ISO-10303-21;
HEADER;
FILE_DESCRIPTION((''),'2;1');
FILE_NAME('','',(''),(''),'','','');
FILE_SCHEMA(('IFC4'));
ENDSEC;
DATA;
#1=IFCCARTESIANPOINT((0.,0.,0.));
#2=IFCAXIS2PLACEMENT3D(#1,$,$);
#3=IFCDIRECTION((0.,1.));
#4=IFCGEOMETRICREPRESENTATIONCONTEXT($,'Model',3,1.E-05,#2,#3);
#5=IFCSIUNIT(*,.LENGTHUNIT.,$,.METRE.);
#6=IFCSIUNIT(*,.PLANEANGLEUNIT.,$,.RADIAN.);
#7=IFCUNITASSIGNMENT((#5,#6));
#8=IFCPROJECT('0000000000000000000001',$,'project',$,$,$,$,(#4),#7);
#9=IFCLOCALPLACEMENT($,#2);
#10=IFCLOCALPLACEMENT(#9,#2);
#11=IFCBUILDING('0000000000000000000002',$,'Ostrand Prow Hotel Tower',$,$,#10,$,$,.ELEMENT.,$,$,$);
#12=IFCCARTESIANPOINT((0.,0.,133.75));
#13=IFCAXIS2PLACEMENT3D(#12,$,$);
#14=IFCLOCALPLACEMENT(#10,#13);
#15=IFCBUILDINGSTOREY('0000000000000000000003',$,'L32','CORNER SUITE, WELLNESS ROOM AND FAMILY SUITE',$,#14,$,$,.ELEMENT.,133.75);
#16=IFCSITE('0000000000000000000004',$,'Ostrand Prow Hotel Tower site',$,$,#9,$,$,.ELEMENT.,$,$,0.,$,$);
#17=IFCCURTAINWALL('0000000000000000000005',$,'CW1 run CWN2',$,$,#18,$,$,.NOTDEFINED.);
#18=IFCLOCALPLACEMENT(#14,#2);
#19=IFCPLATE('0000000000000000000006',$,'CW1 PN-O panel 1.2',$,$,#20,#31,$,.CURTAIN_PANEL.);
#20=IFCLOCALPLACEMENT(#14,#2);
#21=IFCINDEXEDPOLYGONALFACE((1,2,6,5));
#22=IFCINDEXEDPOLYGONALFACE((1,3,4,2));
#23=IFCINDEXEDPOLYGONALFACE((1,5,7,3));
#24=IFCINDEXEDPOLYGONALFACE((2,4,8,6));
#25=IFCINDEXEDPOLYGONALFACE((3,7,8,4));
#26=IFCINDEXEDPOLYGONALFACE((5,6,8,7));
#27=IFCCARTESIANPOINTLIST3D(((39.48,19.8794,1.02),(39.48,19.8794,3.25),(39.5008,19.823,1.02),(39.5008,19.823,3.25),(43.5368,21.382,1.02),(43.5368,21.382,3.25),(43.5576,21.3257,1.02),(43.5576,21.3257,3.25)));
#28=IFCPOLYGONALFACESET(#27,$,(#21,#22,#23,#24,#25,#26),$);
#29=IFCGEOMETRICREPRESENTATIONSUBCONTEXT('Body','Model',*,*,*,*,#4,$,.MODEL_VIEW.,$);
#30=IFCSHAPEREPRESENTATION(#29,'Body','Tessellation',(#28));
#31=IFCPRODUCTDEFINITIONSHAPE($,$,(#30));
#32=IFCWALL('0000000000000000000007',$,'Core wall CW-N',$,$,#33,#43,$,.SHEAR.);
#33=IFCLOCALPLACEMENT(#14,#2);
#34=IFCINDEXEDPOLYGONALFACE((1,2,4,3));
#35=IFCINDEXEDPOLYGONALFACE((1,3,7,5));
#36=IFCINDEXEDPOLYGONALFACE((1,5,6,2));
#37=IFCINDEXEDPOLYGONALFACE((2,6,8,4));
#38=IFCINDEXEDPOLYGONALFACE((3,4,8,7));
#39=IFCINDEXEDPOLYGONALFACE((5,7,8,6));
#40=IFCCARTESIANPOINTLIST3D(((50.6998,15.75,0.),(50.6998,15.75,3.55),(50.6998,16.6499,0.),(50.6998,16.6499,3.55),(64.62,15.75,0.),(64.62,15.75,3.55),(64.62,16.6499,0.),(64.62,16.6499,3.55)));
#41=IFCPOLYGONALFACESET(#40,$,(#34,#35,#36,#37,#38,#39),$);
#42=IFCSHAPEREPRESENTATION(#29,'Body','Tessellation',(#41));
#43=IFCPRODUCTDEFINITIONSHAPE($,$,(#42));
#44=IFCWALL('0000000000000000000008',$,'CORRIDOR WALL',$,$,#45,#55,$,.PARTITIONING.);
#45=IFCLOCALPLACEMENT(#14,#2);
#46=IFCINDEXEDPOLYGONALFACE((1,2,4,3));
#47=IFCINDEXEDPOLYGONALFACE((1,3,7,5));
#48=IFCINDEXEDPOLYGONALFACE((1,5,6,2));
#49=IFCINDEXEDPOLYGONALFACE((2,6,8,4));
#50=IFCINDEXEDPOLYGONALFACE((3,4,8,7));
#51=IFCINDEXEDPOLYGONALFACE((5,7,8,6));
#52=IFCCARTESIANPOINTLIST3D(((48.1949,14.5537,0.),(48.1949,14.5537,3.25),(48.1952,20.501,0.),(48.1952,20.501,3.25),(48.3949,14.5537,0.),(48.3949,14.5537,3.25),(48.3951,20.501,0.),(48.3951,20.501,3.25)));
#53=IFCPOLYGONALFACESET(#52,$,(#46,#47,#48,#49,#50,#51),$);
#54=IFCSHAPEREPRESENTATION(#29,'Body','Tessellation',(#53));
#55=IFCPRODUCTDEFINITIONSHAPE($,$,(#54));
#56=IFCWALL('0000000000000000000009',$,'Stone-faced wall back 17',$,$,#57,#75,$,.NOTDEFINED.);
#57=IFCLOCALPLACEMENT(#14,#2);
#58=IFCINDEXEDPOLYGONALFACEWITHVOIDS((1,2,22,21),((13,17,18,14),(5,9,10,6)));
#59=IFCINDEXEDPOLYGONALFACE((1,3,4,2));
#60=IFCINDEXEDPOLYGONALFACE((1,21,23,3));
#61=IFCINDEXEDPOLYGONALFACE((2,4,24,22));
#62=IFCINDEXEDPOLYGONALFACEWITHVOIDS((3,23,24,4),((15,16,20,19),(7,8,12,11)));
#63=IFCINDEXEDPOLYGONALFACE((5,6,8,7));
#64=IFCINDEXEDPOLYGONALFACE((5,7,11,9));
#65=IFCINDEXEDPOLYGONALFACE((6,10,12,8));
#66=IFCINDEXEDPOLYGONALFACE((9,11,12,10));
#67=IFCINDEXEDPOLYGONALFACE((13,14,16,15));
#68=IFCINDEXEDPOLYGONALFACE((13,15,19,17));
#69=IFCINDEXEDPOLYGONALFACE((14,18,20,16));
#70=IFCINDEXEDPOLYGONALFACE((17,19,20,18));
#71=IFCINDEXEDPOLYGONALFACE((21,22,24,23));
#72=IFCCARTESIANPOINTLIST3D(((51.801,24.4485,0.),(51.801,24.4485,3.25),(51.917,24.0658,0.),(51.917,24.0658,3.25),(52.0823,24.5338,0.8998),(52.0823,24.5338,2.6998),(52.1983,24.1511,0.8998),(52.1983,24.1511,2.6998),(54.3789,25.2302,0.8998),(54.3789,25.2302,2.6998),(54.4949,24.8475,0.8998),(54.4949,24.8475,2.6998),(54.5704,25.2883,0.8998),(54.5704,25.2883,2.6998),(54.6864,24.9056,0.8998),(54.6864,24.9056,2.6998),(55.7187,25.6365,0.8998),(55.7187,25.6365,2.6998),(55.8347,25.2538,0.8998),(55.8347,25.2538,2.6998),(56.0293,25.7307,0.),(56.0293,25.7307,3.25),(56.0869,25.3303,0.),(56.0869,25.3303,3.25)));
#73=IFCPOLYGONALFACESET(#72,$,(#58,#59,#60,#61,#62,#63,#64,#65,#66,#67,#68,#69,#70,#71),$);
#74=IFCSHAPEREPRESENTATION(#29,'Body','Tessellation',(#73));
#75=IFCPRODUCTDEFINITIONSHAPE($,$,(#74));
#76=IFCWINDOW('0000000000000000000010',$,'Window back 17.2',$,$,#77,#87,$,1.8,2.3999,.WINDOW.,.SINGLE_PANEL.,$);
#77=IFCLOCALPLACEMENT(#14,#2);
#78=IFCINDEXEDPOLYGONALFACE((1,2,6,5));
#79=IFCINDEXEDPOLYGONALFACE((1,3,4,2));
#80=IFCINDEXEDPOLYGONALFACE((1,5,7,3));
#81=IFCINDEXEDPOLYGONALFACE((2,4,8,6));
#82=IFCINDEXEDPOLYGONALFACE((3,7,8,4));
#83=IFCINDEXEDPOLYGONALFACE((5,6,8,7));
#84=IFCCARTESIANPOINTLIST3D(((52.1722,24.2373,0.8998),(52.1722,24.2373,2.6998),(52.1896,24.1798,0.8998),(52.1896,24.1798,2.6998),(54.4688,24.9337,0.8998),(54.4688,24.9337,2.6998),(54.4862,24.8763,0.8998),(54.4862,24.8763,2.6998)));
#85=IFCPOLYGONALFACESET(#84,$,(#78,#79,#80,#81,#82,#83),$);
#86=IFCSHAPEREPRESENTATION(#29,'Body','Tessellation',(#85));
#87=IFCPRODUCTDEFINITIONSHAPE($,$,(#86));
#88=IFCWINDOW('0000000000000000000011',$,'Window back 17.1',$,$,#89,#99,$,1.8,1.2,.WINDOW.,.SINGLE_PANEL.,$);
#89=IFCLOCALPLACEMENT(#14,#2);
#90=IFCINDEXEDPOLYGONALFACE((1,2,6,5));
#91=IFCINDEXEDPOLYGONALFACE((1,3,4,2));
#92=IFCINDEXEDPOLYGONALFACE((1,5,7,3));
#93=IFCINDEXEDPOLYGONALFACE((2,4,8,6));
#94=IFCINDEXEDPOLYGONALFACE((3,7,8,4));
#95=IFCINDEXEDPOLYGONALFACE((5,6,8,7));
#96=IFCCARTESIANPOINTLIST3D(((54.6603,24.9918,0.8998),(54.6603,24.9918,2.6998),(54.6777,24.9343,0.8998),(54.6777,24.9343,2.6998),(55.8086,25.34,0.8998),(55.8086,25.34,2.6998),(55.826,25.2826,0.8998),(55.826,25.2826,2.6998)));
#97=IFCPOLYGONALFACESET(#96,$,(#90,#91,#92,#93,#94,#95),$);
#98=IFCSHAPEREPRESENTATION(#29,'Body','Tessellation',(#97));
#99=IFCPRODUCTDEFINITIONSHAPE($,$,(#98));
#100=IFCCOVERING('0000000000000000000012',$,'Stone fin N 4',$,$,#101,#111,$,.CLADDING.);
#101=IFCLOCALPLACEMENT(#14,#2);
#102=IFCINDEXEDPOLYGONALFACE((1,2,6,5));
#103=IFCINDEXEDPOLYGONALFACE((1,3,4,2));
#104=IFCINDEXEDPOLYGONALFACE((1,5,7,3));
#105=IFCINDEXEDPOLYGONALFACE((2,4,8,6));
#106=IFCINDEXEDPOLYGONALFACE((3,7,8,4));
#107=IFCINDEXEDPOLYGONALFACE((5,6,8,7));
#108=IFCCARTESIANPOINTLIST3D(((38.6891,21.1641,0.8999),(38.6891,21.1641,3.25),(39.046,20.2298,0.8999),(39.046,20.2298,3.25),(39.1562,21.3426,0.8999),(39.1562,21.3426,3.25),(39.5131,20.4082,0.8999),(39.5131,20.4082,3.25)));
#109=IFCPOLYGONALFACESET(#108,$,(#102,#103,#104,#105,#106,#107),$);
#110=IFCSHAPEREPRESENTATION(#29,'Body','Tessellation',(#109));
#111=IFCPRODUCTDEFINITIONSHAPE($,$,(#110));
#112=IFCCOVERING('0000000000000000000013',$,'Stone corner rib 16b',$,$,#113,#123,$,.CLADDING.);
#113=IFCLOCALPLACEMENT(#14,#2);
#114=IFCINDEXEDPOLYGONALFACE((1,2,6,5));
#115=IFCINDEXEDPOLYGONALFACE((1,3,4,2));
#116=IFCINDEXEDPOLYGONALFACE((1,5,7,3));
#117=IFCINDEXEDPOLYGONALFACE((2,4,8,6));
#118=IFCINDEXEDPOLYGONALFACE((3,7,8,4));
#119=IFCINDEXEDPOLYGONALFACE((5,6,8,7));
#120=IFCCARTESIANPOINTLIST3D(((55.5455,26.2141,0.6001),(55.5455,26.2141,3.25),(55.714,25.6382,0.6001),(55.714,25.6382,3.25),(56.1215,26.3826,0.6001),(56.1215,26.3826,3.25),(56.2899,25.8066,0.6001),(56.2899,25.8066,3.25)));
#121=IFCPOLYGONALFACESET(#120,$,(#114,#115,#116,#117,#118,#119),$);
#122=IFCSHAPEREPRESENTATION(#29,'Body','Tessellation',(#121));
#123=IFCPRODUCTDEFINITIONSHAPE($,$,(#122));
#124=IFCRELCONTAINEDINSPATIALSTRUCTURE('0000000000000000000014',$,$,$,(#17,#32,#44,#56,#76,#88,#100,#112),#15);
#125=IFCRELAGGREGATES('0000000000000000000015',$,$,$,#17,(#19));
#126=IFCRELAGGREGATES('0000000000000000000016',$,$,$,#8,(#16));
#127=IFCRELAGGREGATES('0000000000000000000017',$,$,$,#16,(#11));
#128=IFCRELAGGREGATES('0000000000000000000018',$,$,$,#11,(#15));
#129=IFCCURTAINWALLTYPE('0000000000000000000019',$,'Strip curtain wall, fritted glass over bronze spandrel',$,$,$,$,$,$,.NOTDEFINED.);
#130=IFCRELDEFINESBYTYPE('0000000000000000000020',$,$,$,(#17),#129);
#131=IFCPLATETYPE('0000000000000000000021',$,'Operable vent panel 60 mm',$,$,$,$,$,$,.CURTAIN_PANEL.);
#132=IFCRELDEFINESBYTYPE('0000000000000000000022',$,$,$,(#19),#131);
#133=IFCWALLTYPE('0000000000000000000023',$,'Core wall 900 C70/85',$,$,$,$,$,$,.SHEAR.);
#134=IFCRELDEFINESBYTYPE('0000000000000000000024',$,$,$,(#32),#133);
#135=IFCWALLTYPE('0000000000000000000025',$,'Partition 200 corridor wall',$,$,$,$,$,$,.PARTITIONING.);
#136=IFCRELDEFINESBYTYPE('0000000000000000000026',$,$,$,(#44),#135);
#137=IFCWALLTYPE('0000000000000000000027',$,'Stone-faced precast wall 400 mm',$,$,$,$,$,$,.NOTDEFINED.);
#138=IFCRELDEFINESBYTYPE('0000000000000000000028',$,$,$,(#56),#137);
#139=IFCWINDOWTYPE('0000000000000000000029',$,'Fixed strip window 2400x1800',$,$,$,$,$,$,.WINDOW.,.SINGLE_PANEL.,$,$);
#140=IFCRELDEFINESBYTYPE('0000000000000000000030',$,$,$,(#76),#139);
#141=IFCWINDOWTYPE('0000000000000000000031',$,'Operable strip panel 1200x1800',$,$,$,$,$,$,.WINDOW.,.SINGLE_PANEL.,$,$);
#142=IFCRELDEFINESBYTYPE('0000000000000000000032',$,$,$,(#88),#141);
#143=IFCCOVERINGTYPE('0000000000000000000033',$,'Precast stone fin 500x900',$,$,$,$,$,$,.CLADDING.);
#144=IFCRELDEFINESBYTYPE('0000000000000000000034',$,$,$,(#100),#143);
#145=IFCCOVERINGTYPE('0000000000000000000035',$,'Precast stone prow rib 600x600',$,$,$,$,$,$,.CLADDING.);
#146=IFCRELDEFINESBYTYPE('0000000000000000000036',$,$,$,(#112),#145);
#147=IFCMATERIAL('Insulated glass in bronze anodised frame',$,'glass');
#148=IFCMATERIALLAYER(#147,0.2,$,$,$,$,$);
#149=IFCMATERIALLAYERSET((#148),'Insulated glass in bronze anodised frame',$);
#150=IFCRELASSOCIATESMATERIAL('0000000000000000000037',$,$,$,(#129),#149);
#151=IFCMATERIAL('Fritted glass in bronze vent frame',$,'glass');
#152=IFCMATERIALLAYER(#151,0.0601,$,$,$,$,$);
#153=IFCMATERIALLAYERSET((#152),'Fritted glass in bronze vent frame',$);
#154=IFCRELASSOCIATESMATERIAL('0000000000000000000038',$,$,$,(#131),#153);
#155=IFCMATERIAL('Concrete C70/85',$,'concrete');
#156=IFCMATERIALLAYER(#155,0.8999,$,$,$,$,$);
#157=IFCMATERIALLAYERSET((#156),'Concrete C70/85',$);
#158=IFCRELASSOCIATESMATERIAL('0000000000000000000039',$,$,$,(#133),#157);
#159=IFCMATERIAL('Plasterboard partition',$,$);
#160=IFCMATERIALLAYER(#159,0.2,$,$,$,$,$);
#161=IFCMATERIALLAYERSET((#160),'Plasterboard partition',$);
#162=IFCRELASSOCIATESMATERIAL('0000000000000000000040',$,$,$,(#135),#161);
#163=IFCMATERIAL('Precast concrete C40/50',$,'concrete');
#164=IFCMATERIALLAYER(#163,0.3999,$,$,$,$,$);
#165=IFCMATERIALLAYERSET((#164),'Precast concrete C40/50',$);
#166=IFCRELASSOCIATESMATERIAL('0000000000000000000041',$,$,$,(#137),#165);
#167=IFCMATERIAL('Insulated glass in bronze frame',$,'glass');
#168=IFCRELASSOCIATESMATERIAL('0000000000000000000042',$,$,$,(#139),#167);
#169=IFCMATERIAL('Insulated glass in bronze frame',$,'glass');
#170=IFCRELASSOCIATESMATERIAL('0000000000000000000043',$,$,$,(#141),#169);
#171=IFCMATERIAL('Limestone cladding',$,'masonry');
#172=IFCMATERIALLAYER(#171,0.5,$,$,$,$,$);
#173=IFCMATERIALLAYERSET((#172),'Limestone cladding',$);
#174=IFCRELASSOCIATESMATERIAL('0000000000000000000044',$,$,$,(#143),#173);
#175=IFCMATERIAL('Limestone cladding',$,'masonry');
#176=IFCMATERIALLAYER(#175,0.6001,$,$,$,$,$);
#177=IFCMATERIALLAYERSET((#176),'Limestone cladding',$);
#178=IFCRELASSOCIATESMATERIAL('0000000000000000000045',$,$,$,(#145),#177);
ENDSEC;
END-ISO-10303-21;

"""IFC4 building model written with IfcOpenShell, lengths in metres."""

from ifc_helpers import new_model, si_unit, direction, frame, frame_2d, origin, origin_2d, place, context, subcontext, project, spatial, polyline, rectangle, outline, extrude, material, layer, layer_set, type_object, element, fill, aggregate, save


model = new_model("IFC4")

# Units and contexts
model_context = context("Model", 3, precision=1e-05, world=origin(), true_north=direction((0.0, 1.0)))
body_context = subcontext(model_context, "Body", "Model", "MODEL_VIEW")
ifc_project = project(units=[si_unit("LENGTHUNIT", "METRE"), si_unit("PLANEANGLEUNIT", "RADIAN")], contexts=[model_context])

# Site, building, storey
site_placement = place(None, origin())
site = spatial("IfcSite", under=ifc_project, at=site_placement, Name="Ostrand Prow Hotel Tower site", CompositionType="ELEMENT", RefElevation=0.0)
building_placement = place(site_placement, origin())
building = spatial("IfcBuilding", under=site, at=building_placement, Name="Ostrand Prow Hotel Tower", CompositionType="ELEMENT")
storey_placement = place(building_placement, frame((0.0, 0.0, 133.75)))
storey = spatial("IfcBuildingStorey", under=building, at=storey_placement, Name="L32", Description="CORNER SUITE, WELLNESS ROOM AND FAMILY SUITE", CompositionType="ELEMENT", Elevation=133.75)

# Shared definitions
ifc_material_1 = material(Name="Insulated glass in bronze anodised frame", Category="glass")
ifc_layer_1 = layer(ifc_material_1, 0.2)
ifc_layer_set_1 = layer_set([ifc_layer_1], Name="Insulated glass in bronze anodised frame")
curtain_wall_type = type_object("IfcCurtainWallType", Name="Strip curtain wall, fritted glass over bronze spandrel", PredefinedType="NOTDEFINED", material=ifc_layer_set_1)

# Curtain wall
curtain_wall_1_placement = place(storey_placement, origin())
curtain_wall_1 = element("IfcCurtainWall", 1, at=curtain_wall_1_placement, inside=storey, type_object=curtain_wall_type, Name="CW1 run CWN2", PredefinedType="NOTDEFINED")

# Plate
ifc_material_2 = material(Name="Fritted glass in bronze vent frame", Category="glass")
ifc_layer_2 = layer(ifc_material_2, 0.0601)
ifc_layer_set_2 = layer_set([ifc_layer_2], Name="Fritted glass in bronze vent frame")
plate_type_1 = type_object("IfcPlateType", Name="Operable vent panel 60 mm", PredefinedType="CURTAIN_PANEL", material=ifc_layer_set_2)
plate_1_placement = place(storey_placement, frame((41.5188, 20.6025, 1.02), z_axis=(0.0, 0.0, 1.0), x_axis=(-0.937739, -0.347342, 0.0)))
plate_1 = element("IfcPlate", 2, at=plate_1_placement, type_object=plate_type_1, Name="CW1 PN-O panel 1.2", PredefinedType="CURTAIN_PANEL", context=body_context, shape_type="SweptSolid", body=[
    extrude(rectangle(XDim=4.3262, YDim=0.0601, at=origin_2d()), origin(), (0.0, 0.0, 1.0), 2.23),
])
aggregate(curtain_wall_1, [plate_1])

# Walls
ifc_material_3 = material(Name="Concrete C70/85", Category="concrete")
ifc_layer_3 = layer(ifc_material_3, 0.8999)
ifc_layer_set_3 = layer_set([ifc_layer_3], Name="Concrete C70/85")
wall_type_1 = type_object("IfcWallType", Name="Core wall 900 C70/85", PredefinedType="SHEAR", material=ifc_layer_set_3)
wall_1_placement = place(storey_placement, frame((50.7, 16.2, 0.0), z_axis=(0.0, 0.0, 1.0), x_axis=(1.0, 0.0, 0.0)))
element("IfcWall", 3, at=wall_1_placement, inside=storey, type_object=wall_type_1, Name="Core wall CW-N", PredefinedType="SHEAR", context=body_context, shape_type="SweptSolid", body=[
    extrude(rectangle(XDim=13.9202, YDim=0.8999, at=frame_2d((6.96, 0.0))), origin(), (0.0, 0.0, 1.0), 3.55),
])
ifc_material_4 = material(Name="Plasterboard partition")
ifc_layer_4 = layer(ifc_material_4, 0.2)
ifc_layer_set_4 = layer_set([ifc_layer_4], Name="Plasterboard partition")
wall_type_2 = type_object("IfcWallType", Name="Partition 200 corridor wall", PredefinedType="PARTITIONING", material=ifc_layer_set_4)
wall_2_placement = place(storey_placement, frame((48.2952, 20.501, 0.0), z_axis=(0.0, 0.0, 1.0), x_axis=(-0.000041, -1.0, 0.0)))
element("IfcWall", 4, at=wall_2_placement, inside=storey, type_object=wall_type_2, Name="CORRIDOR WALL", PredefinedType="PARTITIONING", context=body_context, shape_type="SweptSolid", body=[
    extrude(rectangle(XDim=5.9473, YDim=0.2, at=frame_2d((2.9736, 0.0))), origin(), (0.0, 0.0, 1.0), 3.25),
])

# Wall, openings, windows
ifc_material_5 = material(Name="Precast concrete C40/50", Category="concrete")
ifc_layer_5 = layer(ifc_material_5, 0.3999)
ifc_layer_set_5 = layer_set([ifc_layer_5], Name="Precast concrete C40/50")
wall_type_3 = type_object("IfcWallType", Name="Stone-faced precast wall 400 mm", PredefinedType="NOTDEFINED", material=ifc_layer_set_5)
wall_3_placement = place(storey_placement, frame((56.0581, 25.5305, 0.0), z_axis=(0.0, 0.0, 1.0), x_axis=(-0.956964, -0.290205, 0.0)))
wall_3 = element("IfcWall", 5, at=wall_3_placement, inside=storey, type_object=wall_type_3, Name="Stone-faced wall back 17", PredefinedType="NOTDEFINED", context=body_context, shape_type="SweptSolid", body=[
    extrude(outline(polyline([(-0.0305, -0.2), (4.3879, -0.2), (4.3879, 0.2), (0.0305, 0.2), (-0.0305, -0.2)])), origin(), (0.0, 0.0, 1.0), 3.25),
])
opening_1_placement = place(wall_3_placement, frame((0.2939, 0.0, 0.8999)))
opening_1 = element("IfcOpeningElement", 6, at=opening_1_placement, cuts=wall_3, PredefinedType="OPENING", context=body_context, shape_type="SweptSolid", body=[
    extrude(rectangle(XDim=1.2, YDim=1.8, at=frame_2d((0.6001, 0.8999))), frame((0.0, 0.21, 0.0), z_axis=(0.0, -1.0, 0.0), x_axis=(1.0, 0.0, 0.0)), (0.0, 0.0, 1.0), 0.4199),
])
opening_2_placement = place(wall_3_placement, frame((1.6941, 0.0, 0.8999)))
opening_2 = element("IfcOpeningElement", 7, at=opening_2_placement, cuts=wall_3, PredefinedType="OPENING", context=body_context, shape_type="SweptSolid", body=[
    extrude(rectangle(XDim=2.3999, YDim=1.8, at=frame_2d((1.2, 0.8999))), frame((0.0, 0.21, 0.0), z_axis=(0.0, -1.0, 0.0), x_axis=(1.0, 0.0, 0.0)), (0.0, 0.0, 1.0), 0.4199),
])
ifc_material_6 = material(Name="Insulated glass in bronze frame", Category="glass")
window_type_1 = type_object("IfcWindowType", Name="Fixed strip window 2400x1800", PartitioningType="SINGLE_PANEL", PredefinedType="WINDOW", material=ifc_material_6)
window_1_placement = place(opening_2_placement, origin())
window_1 = element("IfcWindow", 8, at=window_1_placement, inside=storey, type_object=window_type_1, Name="Window back 17.2", OverallHeight=1.8, OverallWidth=2.3999, PartitioningType="SINGLE_PANEL", PredefinedType="WINDOW", context=body_context, shape_type="SweptSolid", body=[
    extrude(rectangle(XDim=2.3999, YDim=1.8, at=frame_2d((1.2, 0.8999))), frame((0.0, 0.1699, 0.0), z_axis=(0.0, -1.0, 0.0), x_axis=(1.0, 0.0, 0.0)), (0.0, 0.0, 1.0), 0.0601),
])
fill(opening_2, window_1)
ifc_material_7 = material(Name="Insulated glass in bronze frame", Category="glass")
window_type_2 = type_object("IfcWindowType", Name="Operable strip panel 1200x1800", PartitioningType="SINGLE_PANEL", PredefinedType="WINDOW", material=ifc_material_7)
window_2_placement = place(opening_1_placement, origin())
window_2 = element("IfcWindow", 9, at=window_2_placement, inside=storey, type_object=window_type_2, Name="Window back 17.1", OverallHeight=1.8, OverallWidth=1.2, PartitioningType="SINGLE_PANEL", PredefinedType="WINDOW", context=body_context, shape_type="SweptSolid", body=[
    extrude(rectangle(XDim=1.2, YDim=1.8, at=frame_2d((0.6001, 0.8999))), frame((0.0, 0.1699, 0.0), z_axis=(0.0, -1.0, 0.0), x_axis=(1.0, 0.0, 0.0)), (0.0, 0.0, 1.0), 0.0601),
])
fill(opening_1, window_2)

# Coverings
ifc_material_8 = material(Name="Limestone cladding", Category="masonry")
ifc_layer_6 = layer(ifc_material_8, 0.5)
ifc_layer_set_6 = layer_set([ifc_layer_6], Name="Limestone cladding")
covering_type_1 = type_object("IfcCoveringType", Name="Precast stone fin 500x900", PredefinedType="CLADDING", material=ifc_layer_set_6)
covering_1_placement = place(storey_placement, frame((39.2795, 20.3191, 0.8999), z_axis=(0.0, 0.0, 1.0), x_axis=(-0.356868, 0.934155, 0.0)))
element("IfcCovering", 10, at=covering_1_placement, inside=storey, type_object=covering_type_1, Name="Stone fin N 4", PredefinedType="CLADDING", context=body_context, shape_type="SweptSolid", body=[
    extrude(rectangle(XDim=1.0002, YDim=0.5, at=frame_2d((0.5, 0.0))), origin(), (0.0, 0.0, 1.0), 2.3501),
])
ifc_material_9 = material(Name="Limestone cladding", Category="masonry")
ifc_layer_7 = layer(ifc_material_9, 0.6001)
ifc_layer_set_7 = layer_set([ifc_layer_7], Name="Limestone cladding")
covering_type_2 = type_object("IfcCoveringType", Name="Precast stone prow rib 600x600", PredefinedType="CLADDING", material=ifc_layer_set_7)
covering_2_placement = place(storey_placement, frame((56.002, 25.7224, 0.6001), z_axis=(0.0, 0.0, 1.0), x_axis=(-0.280734, 0.959786, 0.0)))
element("IfcCovering", 11, at=covering_2_placement, inside=storey, type_object=covering_type_2, Name="Stone corner rib 16b", PredefinedType="CLADDING", context=body_context, shape_type="SweptSolid", body=[
    extrude(rectangle(XDim=0.6001, YDim=0.6001, at=frame_2d((0.3, 0.0))), origin(), (0.0, 0.0, 1.0), 2.6499),
])

save(model, "model.ifc")
